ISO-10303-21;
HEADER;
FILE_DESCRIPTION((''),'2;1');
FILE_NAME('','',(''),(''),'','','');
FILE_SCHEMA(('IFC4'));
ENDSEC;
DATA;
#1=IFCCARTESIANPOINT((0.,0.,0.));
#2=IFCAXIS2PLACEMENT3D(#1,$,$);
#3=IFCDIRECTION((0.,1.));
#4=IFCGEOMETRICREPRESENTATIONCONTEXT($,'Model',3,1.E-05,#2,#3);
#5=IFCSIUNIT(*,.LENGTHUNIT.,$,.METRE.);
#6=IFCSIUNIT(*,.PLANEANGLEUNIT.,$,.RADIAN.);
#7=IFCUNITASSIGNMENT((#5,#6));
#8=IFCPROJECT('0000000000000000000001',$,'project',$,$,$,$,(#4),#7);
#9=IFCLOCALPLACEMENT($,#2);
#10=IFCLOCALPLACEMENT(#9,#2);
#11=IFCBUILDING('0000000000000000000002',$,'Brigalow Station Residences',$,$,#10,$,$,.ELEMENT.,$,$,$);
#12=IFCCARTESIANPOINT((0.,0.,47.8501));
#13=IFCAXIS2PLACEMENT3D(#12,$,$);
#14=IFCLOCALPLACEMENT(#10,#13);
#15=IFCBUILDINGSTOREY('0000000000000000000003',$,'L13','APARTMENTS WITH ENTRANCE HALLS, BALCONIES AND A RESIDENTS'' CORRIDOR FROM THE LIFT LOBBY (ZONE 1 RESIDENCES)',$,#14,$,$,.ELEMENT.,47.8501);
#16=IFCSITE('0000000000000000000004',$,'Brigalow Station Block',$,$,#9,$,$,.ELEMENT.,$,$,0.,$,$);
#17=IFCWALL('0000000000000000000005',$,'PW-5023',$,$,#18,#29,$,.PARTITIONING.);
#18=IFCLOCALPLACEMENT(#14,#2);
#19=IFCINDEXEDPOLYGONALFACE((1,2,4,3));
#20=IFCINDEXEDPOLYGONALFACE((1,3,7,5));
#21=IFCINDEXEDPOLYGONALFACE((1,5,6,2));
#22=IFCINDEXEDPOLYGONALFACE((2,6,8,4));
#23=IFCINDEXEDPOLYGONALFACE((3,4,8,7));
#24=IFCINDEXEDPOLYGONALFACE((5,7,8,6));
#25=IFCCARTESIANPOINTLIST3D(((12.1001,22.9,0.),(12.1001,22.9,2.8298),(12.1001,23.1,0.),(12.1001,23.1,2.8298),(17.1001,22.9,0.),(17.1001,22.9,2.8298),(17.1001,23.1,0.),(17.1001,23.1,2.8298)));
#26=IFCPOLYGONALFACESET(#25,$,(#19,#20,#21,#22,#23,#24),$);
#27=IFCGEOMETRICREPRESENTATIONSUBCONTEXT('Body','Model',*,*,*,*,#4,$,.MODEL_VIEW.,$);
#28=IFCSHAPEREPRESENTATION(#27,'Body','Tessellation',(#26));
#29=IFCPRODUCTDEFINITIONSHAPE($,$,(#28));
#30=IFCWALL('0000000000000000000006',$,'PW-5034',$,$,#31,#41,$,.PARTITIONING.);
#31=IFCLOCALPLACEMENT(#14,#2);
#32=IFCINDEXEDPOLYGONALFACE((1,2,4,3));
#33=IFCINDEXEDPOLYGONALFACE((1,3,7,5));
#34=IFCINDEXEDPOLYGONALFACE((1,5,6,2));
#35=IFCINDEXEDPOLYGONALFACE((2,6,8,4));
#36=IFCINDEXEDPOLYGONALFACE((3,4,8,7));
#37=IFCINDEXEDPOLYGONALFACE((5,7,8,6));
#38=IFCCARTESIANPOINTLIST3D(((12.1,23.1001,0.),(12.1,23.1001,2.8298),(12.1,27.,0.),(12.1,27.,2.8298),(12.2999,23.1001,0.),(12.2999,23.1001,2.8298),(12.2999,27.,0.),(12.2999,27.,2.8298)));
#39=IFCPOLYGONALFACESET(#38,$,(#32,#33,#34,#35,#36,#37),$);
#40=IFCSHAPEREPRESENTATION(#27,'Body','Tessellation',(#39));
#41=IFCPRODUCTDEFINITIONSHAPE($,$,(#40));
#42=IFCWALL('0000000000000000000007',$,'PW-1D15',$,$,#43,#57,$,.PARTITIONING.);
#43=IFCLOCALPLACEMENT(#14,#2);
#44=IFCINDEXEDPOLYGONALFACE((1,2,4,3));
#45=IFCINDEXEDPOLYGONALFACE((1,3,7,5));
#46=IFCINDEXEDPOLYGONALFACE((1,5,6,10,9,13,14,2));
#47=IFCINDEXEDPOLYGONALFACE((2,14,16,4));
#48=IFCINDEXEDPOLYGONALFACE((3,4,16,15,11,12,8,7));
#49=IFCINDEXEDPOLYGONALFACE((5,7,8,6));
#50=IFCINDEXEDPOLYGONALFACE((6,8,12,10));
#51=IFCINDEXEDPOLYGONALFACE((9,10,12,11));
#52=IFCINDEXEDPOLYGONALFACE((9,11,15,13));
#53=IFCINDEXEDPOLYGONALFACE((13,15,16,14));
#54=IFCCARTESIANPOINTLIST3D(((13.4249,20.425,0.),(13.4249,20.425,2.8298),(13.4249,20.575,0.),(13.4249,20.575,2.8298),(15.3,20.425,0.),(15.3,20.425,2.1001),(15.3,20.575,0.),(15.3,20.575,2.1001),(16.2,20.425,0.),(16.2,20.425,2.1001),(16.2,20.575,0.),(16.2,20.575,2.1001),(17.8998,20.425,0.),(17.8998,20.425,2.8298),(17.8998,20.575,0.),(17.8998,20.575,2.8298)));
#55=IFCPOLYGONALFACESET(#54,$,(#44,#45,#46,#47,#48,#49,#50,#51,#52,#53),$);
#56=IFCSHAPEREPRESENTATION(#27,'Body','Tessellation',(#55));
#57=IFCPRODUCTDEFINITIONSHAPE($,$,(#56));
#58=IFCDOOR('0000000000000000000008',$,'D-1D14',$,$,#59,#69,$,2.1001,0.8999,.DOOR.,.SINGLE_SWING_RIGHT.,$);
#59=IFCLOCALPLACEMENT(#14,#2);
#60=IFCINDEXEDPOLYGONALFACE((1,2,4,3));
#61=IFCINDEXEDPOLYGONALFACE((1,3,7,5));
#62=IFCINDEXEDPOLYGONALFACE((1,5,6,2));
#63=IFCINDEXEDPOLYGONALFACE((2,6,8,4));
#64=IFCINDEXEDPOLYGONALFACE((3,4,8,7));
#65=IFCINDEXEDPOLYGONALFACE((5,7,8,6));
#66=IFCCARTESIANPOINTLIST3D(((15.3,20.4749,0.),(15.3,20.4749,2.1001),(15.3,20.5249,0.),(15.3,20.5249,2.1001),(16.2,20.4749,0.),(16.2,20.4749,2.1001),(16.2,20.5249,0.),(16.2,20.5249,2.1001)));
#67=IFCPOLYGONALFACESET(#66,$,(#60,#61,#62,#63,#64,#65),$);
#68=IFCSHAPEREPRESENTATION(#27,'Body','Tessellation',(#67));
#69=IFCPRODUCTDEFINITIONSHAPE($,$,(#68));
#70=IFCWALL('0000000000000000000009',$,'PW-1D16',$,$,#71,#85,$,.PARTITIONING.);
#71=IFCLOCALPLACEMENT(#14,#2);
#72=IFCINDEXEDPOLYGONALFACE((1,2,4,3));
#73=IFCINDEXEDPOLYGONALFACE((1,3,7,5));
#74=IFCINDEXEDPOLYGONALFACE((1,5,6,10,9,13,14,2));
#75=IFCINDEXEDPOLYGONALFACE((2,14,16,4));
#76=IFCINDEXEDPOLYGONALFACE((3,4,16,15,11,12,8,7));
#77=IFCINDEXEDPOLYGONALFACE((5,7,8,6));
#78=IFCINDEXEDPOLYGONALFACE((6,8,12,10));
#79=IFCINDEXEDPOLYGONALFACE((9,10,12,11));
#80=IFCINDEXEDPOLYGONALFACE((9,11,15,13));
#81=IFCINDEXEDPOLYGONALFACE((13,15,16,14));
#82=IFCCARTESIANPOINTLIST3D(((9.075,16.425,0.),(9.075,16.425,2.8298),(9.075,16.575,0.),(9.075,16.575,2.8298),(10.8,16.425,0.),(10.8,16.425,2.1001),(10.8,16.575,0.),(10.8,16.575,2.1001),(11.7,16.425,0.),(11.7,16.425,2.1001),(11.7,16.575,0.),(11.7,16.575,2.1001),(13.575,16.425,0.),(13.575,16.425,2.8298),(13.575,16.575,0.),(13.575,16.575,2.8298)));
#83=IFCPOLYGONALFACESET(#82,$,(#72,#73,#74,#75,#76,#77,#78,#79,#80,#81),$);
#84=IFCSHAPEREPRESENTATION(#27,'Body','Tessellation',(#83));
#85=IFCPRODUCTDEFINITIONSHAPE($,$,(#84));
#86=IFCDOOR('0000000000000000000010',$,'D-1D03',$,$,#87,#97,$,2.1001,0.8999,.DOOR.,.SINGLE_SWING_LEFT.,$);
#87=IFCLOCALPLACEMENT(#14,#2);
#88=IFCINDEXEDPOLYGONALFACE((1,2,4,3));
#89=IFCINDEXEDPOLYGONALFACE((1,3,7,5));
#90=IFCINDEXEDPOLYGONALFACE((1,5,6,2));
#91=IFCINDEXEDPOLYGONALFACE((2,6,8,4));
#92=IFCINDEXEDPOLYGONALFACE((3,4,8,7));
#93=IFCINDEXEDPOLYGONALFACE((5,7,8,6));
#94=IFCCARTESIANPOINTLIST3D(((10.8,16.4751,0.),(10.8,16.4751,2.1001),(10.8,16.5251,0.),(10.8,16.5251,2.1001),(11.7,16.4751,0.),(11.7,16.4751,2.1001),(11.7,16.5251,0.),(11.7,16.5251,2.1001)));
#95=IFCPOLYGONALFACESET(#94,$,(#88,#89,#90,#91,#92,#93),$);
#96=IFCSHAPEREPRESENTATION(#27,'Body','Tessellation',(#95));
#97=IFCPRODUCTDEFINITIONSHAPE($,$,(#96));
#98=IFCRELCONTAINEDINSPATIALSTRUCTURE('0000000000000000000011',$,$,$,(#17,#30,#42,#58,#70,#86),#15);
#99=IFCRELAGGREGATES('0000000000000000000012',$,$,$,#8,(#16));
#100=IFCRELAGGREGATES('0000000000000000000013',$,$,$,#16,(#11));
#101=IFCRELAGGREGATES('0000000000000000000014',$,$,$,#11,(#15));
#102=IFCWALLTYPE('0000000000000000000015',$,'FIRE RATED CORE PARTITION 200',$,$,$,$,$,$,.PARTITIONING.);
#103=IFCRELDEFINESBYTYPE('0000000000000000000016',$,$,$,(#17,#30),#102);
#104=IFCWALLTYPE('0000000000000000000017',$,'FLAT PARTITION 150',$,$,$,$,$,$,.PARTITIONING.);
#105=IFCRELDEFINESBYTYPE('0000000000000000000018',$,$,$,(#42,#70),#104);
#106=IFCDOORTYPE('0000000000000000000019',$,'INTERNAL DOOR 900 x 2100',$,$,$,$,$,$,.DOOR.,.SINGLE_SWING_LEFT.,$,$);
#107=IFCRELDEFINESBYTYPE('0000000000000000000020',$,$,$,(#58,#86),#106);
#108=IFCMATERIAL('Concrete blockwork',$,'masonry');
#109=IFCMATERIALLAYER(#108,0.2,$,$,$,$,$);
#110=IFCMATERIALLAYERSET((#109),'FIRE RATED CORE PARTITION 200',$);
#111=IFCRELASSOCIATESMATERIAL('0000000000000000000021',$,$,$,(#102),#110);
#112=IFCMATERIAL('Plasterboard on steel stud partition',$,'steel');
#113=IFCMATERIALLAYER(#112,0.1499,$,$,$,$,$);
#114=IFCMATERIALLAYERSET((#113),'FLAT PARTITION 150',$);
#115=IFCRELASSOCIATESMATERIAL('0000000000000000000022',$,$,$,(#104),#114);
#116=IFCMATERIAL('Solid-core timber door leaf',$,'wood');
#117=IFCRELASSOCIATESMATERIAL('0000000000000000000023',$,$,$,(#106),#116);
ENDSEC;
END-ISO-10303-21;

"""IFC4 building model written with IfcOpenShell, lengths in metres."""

from ifc_helpers import new_model, si_unit, direction, frame, frame_2d, origin, place, context, subcontext, project, spatial, rectangle, extrude, material, layer, layer_set, type_object, element, fill, save


model = new_model("IFC4")

# Units and contexts
model_context = context("Model", 3, precision=1e-05, world=origin(), true_north=direction((0.0, 1.0)))
body_context = subcontext(model_context, "Body", "Model", "MODEL_VIEW")
ifc_project = project(units=[si_unit("LENGTHUNIT", "METRE"), si_unit("PLANEANGLEUNIT", "RADIAN")], contexts=[model_context])

# Site, building, storey
site_placement = place(None, origin())
site = spatial("IfcSite", under=ifc_project, at=site_placement, Name="Brigalow Station Block", CompositionType="ELEMENT", RefElevation=0.0)
building_placement = place(site_placement, origin())
building = spatial("IfcBuilding", under=site, at=building_placement, Name="Brigalow Station Residences", CompositionType="ELEMENT")
storey_placement = place(building_placement, frame((0.0, 0.0, 47.8501)))
storey = spatial("IfcBuildingStorey", under=building, at=storey_placement, Name="L13", Description="APARTMENTS WITH ENTRANCE HALLS, BALCONIES AND A RESIDENTS' CORRIDOR FROM THE LIFT LOBBY (ZONE 1 RESIDENCES)", CompositionType="ELEMENT", Elevation=47.8501)

# Walls
ifc_material_1 = material(Name="Concrete blockwork", Category="masonry")
ifc_layer_1 = layer(ifc_material_1, 0.2)
ifc_layer_set_1 = layer_set([ifc_layer_1], Name="FIRE RATED CORE PARTITION 200")
wall_type_1 = type_object("IfcWallType", Name="FIRE RATED CORE PARTITION 200", PredefinedType="PARTITIONING", material=ifc_layer_set_1)
wall_1_placement = place(storey_placement, frame((12.1001, 23.0, 0.0), z_axis=(0.0, 0.0, 1.0), x_axis=(1.0, 0.0, 0.0)))
element("IfcWall", 1, at=wall_1_placement, inside=storey, type_object=wall_type_1, Name="PW-5023", PredefinedType="PARTITIONING", context=body_context, shape_type="SweptSolid", body=[
    extrude(rectangle(XDim=5.0, YDim=0.2, at=frame_2d((2.5, 0.0))), origin(), (0.0, 0.0, 1.0), 2.8298),
])
wall_2_placement = place(storey_placement, frame((12.2, 23.1001, 0.0), z_axis=(0.0, 0.0, 1.0), x_axis=(0.0, 1.0, 0.0)))
element("IfcWall", 2, at=wall_2_placement, inside=storey, type_object=wall_type_1, Name="PW-5034", PredefinedType="PARTITIONING", context=body_context, shape_type="SweptSolid", body=[
    extrude(rectangle(XDim=3.8999, YDim=0.2, at=frame_2d((1.95, 0.0))), origin(), (0.0, 0.0, 1.0), 2.8298),
])

# Walls, openings, doors
ifc_material_2 = material(Name="Plasterboard on steel stud partition", Category="steel")
ifc_layer_2 = layer(ifc_material_2, 0.1499)
ifc_layer_set_2 = layer_set([ifc_layer_2], Name="FLAT PARTITION 150")
wall_type_2 = type_object("IfcWallType", Name="FLAT PARTITION 150", PredefinedType="PARTITIONING", material=ifc_layer_set_2)
wall_3_placement = place(storey_placement, frame((13.425, 20.5, 0.0), z_axis=(0.0, 0.0, 1.0), x_axis=(1.0, 0.0, 0.0)))
wall_3 = element("IfcWall", 3, at=wall_3_placement, inside=storey, type_object=wall_type_2, Name="PW-1D15", PredefinedType="PARTITIONING", context=body_context, shape_type="SweptSolid", body=[
    extrude(rectangle(XDim=4.4749, YDim=0.1499, at=frame_2d((2.2373, 0.0))), origin(), (0.0, 0.0, 1.0), 2.8298),
])
opening_1_placement = place(wall_3_placement, frame((1.875, 0.0, 0.0)))
opening_1 = element("IfcOpeningElement", 4, at=opening_1_placement, cuts=wall_3, PredefinedType="OPENING", context=body_context, shape_type="SweptSolid", body=[
    extrude(rectangle(XDim=0.8999, YDim=2.1001, at=frame_2d((0.45, 1.05))), frame((0.0, 0.085, 0.0), z_axis=(0.0, -1.0, 0.0), x_axis=(1.0, 0.0, 0.0)), (0.0, 0.0, 1.0), 0.1699),
])
ifc_material_3 = material(Name="Solid-core timber door leaf", Category="wood")
door_type_1 = type_object("IfcDoorType", Name="INTERNAL DOOR 900 x 2100", OperationType="SINGLE_SWING_LEFT", PredefinedType="DOOR", material=ifc_material_3)
door_1_placement = place(opening_1_placement, origin())
door_1 = element("IfcDoor", 5, at=door_1_placement, inside=storey, type_object=door_type_1, Name="D-1D14", OperationType="SINGLE_SWING_RIGHT", OverallHeight=2.1001, OverallWidth=0.8999, PredefinedType="DOOR", context=body_context, shape_type="SweptSolid", body=[
    extrude(rectangle(XDim=0.8999, YDim=2.1001, at=frame_2d((0.45, 1.05))), frame((0.0, 0.0249, 0.0), z_axis=(0.0, -1.0, 0.0), x_axis=(1.0, 0.0, 0.0)), (0.0, 0.0, 1.0), 0.05),
])
fill(opening_1, door_1)
wall_4_placement = place(storey_placement, frame((9.075, 16.5, 0.0), z_axis=(0.0, 0.0, 1.0), x_axis=(1.0, 0.0, 0.0)))
wall_4 = element("IfcWall", 6, at=wall_4_placement, inside=storey, type_object=wall_type_2, Name="PW-1D16", PredefinedType="PARTITIONING", context=body_context, shape_type="SweptSolid", body=[
    extrude(rectangle(XDim=4.5, YDim=0.1499, at=frame_2d((2.25, 0.0))), origin(), (0.0, 0.0, 1.0), 2.8298),
])
opening_2_placement = place(wall_4_placement, frame((1.7251, 0.0, 0.0)))
opening_2 = element("IfcOpeningElement", 7, at=opening_2_placement, cuts=wall_4, PredefinedType="OPENING", context=body_context, shape_type="SweptSolid", body=[
    extrude(rectangle(XDim=0.8999, YDim=2.1001, at=frame_2d((0.45, 1.05))), frame((0.0, 0.085, 0.0), z_axis=(0.0, -1.0, 0.0), x_axis=(1.0, 0.0, 0.0)), (0.0, 0.0, 1.0), 0.1699),
])
door_2_placement = place(opening_2_placement, frame((0.8999, 0.0, 0.0), z_axis=(0.0, 0.0, 1.0), x_axis=(-1.0, 0.0, 0.0)))
door_2 = element("IfcDoor", 8, at=door_2_placement, inside=storey, type_object=door_type_1, Name="D-1D03", OperationType="SINGLE_SWING_LEFT", OverallHeight=2.1001, OverallWidth=0.8999, PredefinedType="DOOR", context=body_context, shape_type="SweptSolid", body=[
    extrude(rectangle(XDim=0.8999, YDim=2.1001, at=frame_2d((0.45, 1.05))), frame((0.0, 0.0249, 0.0), z_axis=(0.0, -1.0, 0.0), x_axis=(1.0, 0.0, 0.0)), (0.0, 0.0, 1.0), 0.05),
])
fill(opening_2, door_2)

save(model, "model.ifc")
